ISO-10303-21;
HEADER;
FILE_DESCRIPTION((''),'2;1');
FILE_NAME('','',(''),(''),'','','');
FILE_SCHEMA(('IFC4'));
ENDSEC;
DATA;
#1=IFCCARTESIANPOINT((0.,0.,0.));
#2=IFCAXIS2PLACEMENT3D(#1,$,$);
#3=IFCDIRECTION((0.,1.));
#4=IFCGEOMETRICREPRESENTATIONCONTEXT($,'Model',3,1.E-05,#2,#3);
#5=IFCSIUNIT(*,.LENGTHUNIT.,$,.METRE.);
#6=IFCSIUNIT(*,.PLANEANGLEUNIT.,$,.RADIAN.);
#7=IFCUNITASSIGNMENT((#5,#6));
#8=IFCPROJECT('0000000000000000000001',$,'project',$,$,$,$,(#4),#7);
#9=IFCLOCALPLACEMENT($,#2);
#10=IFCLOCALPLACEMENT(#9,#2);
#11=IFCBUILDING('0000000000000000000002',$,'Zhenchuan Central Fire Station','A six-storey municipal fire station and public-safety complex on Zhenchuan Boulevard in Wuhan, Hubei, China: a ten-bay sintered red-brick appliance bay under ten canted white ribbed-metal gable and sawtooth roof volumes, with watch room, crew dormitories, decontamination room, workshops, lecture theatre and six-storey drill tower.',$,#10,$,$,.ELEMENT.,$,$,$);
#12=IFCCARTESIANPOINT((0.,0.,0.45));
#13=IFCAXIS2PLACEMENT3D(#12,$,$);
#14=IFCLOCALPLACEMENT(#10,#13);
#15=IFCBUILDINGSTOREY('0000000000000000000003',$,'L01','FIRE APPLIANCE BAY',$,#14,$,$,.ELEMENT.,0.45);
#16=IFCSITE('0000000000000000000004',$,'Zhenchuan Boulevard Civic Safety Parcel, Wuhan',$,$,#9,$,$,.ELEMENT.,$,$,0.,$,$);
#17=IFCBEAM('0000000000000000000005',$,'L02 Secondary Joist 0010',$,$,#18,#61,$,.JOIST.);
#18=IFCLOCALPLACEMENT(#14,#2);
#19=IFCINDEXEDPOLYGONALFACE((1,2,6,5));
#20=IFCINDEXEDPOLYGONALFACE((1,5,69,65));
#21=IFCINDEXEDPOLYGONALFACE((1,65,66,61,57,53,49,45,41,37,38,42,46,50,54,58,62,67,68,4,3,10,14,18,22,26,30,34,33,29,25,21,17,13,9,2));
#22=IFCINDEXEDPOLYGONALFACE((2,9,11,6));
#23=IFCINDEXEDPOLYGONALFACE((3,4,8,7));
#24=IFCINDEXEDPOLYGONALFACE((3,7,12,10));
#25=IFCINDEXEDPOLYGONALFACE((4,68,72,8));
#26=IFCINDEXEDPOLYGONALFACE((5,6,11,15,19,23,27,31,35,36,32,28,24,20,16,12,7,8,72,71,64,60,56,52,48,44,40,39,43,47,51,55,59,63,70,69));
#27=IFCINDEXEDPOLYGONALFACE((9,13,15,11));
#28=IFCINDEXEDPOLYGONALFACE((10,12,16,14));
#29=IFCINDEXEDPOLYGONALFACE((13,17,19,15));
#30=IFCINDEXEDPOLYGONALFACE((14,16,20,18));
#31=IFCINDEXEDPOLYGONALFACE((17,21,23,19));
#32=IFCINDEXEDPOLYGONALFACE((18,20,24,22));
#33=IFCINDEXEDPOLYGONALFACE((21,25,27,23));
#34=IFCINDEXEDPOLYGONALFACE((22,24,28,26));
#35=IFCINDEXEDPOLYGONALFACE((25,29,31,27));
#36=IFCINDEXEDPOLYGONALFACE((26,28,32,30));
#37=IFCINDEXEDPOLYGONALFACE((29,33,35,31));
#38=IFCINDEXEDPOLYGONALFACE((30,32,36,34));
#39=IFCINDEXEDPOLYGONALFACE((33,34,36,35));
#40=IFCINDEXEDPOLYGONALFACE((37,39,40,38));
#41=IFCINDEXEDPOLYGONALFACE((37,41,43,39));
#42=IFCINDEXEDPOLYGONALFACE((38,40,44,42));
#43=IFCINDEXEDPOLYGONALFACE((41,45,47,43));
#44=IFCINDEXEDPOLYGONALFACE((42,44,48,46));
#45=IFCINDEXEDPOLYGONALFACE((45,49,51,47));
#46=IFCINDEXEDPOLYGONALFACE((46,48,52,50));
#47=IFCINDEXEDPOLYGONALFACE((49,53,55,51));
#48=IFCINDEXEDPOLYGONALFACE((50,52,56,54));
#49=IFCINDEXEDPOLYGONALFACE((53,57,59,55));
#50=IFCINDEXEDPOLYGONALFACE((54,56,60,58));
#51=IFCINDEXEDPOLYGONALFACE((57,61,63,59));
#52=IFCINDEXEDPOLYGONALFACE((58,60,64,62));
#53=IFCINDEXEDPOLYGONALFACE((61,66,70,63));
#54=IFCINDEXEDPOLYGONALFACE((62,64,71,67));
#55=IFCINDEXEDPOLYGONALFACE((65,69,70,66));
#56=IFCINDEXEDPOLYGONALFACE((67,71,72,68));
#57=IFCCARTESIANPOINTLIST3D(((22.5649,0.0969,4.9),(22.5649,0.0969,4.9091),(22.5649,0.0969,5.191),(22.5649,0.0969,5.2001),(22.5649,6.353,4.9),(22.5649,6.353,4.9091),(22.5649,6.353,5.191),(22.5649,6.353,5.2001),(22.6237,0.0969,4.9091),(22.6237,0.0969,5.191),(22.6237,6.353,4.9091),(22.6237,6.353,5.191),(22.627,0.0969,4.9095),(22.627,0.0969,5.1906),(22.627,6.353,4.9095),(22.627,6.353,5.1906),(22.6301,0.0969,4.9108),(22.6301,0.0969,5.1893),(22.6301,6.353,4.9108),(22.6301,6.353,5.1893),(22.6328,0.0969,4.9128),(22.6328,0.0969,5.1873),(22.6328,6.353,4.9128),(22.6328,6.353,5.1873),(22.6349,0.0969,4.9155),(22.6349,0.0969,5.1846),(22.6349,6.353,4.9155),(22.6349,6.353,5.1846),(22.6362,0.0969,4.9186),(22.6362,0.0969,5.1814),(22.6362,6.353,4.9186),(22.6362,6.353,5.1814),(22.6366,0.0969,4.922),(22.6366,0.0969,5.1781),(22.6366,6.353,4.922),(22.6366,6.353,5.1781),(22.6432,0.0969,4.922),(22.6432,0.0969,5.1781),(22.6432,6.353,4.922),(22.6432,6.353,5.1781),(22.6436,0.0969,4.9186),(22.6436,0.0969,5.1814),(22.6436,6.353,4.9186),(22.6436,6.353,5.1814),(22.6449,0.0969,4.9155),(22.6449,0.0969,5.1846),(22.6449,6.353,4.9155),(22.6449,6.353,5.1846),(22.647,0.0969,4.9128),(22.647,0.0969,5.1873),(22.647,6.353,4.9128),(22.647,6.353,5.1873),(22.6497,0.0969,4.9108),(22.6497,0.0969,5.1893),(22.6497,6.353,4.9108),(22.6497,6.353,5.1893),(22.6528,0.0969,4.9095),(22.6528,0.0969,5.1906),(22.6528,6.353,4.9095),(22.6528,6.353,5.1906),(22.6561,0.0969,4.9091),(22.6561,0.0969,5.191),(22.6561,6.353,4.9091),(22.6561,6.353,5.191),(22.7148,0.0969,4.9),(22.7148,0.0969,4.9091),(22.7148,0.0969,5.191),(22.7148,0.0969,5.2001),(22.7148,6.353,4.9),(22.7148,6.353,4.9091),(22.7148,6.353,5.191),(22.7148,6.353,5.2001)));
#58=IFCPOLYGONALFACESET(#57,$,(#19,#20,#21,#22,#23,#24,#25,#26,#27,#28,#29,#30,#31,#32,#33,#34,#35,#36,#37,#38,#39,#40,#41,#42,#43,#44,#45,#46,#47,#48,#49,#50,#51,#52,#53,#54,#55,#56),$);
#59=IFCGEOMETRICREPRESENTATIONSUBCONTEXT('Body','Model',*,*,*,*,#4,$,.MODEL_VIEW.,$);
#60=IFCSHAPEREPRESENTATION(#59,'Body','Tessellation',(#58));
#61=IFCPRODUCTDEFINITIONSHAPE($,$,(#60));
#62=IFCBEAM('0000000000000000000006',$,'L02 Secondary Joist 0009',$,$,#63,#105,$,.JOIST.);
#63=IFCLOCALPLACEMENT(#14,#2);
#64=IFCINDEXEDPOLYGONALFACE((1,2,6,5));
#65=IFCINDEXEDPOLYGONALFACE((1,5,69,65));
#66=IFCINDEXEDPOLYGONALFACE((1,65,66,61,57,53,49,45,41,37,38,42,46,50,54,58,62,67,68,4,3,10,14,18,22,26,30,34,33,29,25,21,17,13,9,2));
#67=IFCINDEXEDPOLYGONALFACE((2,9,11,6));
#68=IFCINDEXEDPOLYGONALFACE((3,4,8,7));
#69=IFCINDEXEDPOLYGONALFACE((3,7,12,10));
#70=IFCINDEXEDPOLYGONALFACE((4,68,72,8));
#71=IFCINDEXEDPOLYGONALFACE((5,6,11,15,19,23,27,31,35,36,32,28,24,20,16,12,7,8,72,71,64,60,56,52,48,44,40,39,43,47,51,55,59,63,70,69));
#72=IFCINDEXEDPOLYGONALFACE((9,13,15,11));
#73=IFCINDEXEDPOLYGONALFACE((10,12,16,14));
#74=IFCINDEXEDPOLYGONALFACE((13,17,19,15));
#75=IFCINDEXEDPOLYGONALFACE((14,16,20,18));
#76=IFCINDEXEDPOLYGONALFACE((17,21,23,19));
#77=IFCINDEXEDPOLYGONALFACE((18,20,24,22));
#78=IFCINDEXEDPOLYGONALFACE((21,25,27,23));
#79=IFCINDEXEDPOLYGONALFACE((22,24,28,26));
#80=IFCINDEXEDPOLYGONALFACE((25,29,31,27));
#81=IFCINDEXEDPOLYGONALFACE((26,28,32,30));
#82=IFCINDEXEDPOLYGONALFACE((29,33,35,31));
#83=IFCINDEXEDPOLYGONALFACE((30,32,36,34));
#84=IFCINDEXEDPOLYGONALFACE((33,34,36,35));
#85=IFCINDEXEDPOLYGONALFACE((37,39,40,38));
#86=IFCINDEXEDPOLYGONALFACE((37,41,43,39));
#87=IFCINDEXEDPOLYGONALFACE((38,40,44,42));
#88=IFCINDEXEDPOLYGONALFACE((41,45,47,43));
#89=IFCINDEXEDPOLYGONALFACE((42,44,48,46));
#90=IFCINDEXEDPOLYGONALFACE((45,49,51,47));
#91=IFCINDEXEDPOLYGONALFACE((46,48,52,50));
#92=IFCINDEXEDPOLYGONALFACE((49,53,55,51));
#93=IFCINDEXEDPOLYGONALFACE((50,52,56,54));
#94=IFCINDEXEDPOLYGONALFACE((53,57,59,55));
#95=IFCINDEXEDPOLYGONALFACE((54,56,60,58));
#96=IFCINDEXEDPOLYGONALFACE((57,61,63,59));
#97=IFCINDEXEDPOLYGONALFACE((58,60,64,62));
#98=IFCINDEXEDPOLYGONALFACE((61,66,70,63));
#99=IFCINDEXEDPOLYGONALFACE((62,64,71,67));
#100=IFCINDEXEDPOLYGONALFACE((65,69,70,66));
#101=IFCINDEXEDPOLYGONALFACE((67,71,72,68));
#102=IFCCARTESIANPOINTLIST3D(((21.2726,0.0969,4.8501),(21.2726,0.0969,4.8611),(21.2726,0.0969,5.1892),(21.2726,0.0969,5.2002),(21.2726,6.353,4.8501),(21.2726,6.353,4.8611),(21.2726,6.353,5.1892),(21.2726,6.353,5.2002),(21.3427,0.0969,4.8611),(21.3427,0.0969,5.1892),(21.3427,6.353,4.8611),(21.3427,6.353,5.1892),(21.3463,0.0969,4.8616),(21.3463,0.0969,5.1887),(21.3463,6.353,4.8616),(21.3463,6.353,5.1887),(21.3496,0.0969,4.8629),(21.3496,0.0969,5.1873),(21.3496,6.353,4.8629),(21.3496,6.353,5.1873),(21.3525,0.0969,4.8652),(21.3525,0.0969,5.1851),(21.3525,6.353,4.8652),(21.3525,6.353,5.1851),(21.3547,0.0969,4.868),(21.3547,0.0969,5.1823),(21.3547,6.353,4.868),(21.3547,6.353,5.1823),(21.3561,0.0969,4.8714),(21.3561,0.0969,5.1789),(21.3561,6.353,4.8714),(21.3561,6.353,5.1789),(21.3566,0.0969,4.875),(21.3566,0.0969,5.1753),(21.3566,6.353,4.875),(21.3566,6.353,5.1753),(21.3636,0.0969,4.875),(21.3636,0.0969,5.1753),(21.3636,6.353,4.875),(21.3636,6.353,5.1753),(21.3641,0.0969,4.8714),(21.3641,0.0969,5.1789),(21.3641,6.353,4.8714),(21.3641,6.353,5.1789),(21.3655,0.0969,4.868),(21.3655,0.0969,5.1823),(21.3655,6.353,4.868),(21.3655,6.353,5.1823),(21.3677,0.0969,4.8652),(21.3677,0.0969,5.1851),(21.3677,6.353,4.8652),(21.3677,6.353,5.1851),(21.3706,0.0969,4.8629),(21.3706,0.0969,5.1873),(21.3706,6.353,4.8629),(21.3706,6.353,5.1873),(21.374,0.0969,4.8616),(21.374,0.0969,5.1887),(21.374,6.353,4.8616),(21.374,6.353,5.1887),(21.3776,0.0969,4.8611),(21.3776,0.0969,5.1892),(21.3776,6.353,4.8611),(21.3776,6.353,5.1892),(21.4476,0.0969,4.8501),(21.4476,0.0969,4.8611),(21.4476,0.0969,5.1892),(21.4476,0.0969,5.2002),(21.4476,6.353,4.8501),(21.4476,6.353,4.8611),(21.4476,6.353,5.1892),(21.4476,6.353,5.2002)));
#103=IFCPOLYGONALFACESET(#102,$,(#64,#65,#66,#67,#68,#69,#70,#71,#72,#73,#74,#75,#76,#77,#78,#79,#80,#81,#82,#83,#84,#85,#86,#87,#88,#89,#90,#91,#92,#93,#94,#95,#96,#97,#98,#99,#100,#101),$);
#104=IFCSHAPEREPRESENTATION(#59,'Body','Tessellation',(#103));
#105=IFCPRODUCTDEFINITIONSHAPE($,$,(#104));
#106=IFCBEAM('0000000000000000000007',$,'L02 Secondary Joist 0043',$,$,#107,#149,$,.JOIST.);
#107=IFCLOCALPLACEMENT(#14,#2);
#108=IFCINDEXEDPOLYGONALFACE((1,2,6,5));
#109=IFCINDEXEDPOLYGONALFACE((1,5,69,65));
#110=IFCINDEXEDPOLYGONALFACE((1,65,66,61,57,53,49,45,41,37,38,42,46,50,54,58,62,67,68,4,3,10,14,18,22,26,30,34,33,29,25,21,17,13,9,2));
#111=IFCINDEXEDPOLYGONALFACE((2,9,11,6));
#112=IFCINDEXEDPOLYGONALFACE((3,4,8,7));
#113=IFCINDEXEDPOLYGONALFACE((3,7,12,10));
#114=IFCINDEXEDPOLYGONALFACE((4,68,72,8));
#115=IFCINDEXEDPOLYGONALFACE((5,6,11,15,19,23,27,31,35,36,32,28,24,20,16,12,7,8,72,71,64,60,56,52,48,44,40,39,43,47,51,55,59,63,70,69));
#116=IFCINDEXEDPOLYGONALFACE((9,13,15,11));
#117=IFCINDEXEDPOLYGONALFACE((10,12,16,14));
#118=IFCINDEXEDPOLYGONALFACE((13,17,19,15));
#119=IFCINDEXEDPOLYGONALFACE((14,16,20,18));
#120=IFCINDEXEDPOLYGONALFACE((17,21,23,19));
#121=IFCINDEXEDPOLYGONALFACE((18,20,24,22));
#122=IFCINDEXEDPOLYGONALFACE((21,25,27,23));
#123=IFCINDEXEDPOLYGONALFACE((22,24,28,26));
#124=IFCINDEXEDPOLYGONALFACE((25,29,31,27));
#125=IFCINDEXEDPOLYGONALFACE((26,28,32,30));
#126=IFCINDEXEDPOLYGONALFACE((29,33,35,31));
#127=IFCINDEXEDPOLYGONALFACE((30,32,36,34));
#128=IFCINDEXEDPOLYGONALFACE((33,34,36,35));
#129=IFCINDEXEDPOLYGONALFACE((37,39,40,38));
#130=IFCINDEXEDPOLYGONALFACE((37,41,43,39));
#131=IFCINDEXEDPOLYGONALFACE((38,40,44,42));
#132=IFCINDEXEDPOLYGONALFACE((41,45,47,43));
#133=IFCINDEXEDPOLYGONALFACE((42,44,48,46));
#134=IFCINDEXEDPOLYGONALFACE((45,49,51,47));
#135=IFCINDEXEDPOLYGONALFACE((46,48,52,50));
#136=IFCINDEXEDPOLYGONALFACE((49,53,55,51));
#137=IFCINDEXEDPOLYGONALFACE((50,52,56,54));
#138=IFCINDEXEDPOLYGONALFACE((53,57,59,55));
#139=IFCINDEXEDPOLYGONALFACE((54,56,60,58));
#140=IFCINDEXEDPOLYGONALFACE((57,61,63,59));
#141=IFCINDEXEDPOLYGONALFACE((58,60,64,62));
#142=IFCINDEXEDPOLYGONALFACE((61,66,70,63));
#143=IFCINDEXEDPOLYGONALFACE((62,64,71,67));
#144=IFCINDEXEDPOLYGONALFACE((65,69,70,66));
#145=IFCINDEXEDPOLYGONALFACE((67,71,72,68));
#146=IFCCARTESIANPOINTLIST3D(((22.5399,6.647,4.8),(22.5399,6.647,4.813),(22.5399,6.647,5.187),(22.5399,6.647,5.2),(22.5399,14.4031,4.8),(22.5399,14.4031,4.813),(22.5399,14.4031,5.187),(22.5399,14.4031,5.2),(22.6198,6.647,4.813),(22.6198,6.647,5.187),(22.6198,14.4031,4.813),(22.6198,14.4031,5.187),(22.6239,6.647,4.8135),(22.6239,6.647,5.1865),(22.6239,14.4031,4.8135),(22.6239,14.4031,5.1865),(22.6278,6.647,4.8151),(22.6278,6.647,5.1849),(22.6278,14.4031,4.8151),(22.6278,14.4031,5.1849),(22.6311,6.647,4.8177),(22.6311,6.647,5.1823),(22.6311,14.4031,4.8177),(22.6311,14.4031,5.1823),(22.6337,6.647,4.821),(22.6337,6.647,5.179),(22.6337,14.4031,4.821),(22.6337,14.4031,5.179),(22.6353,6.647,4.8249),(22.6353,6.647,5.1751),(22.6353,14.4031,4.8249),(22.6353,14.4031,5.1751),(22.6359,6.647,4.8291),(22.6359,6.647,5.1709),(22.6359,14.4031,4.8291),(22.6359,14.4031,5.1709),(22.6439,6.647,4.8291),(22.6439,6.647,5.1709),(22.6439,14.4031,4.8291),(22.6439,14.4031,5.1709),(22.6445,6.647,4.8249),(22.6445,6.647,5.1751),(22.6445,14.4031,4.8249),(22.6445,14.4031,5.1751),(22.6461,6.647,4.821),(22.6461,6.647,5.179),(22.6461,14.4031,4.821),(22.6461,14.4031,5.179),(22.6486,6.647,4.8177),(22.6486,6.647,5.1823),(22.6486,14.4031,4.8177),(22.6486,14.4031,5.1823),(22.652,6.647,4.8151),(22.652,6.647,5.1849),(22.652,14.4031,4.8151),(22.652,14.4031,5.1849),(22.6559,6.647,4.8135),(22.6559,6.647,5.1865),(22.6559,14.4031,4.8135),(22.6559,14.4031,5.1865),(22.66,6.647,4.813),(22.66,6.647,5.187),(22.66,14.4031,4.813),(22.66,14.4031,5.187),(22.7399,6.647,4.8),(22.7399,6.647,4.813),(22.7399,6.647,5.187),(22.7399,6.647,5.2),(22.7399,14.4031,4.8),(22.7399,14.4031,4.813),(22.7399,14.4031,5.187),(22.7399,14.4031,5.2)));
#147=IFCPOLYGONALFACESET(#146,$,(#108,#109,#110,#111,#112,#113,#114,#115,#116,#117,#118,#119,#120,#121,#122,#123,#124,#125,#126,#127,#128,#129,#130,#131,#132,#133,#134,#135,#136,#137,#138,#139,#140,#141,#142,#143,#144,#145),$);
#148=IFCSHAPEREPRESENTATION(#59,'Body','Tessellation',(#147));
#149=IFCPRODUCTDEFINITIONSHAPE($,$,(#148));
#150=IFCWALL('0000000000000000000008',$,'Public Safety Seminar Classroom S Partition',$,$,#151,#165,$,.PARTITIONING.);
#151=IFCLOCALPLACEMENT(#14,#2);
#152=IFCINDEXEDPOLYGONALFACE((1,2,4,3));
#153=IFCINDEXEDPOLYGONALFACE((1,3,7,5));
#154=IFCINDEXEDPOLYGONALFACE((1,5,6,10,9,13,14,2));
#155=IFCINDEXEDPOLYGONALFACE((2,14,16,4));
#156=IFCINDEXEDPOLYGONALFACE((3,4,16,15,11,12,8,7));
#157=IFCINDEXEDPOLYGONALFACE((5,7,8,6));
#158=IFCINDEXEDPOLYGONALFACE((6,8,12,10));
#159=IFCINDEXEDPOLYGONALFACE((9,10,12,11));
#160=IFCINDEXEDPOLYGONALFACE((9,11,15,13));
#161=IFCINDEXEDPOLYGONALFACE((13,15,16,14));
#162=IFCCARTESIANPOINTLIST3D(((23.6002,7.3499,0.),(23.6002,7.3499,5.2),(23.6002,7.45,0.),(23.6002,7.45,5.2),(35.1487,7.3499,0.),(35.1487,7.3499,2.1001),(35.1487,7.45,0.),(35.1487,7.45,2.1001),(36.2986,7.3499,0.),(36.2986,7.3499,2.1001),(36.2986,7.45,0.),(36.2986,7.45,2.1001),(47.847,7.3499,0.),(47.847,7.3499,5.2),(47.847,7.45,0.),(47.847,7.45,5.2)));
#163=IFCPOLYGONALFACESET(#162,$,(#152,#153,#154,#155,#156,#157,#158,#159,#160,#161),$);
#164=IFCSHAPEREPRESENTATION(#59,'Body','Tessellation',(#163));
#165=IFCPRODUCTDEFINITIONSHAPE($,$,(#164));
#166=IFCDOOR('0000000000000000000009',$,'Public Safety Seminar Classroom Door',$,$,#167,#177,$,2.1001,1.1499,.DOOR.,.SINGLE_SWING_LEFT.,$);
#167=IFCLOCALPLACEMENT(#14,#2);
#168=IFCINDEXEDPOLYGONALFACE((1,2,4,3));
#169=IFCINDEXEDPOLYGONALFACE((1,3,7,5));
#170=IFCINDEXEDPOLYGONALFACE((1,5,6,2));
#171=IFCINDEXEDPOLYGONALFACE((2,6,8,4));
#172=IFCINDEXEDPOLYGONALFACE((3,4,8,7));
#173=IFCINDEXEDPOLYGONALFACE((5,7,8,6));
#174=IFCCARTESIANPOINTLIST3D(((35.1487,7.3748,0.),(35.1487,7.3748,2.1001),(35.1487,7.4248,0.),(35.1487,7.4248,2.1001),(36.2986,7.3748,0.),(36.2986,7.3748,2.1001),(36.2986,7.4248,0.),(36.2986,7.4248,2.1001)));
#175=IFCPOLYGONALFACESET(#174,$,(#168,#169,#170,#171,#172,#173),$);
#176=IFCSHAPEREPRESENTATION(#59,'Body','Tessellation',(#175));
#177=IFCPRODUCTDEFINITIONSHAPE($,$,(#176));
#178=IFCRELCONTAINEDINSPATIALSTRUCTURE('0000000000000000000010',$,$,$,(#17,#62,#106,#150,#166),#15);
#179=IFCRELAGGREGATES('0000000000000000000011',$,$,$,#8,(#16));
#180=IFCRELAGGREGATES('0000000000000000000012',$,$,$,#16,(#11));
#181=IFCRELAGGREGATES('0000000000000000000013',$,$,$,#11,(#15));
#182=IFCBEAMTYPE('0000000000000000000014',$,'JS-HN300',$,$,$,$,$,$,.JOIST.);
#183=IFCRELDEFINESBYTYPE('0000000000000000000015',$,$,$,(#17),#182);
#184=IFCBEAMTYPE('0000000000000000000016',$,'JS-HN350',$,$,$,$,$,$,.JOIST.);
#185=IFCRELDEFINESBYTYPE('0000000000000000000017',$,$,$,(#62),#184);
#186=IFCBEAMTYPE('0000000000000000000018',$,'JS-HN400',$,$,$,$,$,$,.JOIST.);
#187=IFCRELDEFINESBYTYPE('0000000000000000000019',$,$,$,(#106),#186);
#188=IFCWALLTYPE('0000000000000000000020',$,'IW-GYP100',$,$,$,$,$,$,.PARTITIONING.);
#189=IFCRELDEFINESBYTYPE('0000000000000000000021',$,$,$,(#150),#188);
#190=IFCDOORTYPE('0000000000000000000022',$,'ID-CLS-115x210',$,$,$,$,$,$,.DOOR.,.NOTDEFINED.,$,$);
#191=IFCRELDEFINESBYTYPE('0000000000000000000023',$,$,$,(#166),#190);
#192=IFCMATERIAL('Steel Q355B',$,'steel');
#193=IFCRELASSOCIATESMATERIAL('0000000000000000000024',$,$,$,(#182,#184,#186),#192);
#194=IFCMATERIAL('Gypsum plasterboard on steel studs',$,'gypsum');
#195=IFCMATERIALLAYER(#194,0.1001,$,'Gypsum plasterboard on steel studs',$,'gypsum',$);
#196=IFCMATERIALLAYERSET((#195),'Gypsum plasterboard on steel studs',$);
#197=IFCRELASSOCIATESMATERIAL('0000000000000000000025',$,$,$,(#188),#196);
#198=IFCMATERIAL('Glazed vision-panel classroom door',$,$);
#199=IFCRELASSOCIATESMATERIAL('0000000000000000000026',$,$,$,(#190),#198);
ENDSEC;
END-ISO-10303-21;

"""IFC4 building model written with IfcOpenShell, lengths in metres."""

from ifc_helpers import new_model, si_unit, direction, frame, frame_2d, origin, origin_2d, place, context, subcontext, project, spatial, rectangle, i_section, extrude, material, layer, layer_set, material_profile, profile_set, type_object, element, fill, save


model = new_model("IFC4")

# Units and contexts
model_context = context("Model", 3, precision=1e-05, world=origin(), true_north=direction((0.0, 1.0)))
body_context = subcontext(model_context, "Body", "Model", "MODEL_VIEW")
ifc_project = project(units=[si_unit("LENGTHUNIT", "METRE"), si_unit("PLANEANGLEUNIT", "RADIAN")], contexts=[model_context])

# Site, building, storey
site_placement = place(None, origin())
site = spatial("IfcSite", under=ifc_project, at=site_placement, Name="Zhenchuan Boulevard Civic Safety Parcel, Wuhan", CompositionType="ELEMENT", RefElevation=0.0)
building_placement = place(site_placement, origin())
building = spatial("IfcBuilding", under=site, at=building_placement, Name="Zhenchuan Central Fire Station", Description="A six-storey municipal fire station and public-safety complex on Zhenchuan Boulevard in Wuhan, Hubei, China: a ten-bay sintered red-brick appliance bay under ten canted white ribbed-metal gable and sawtooth roof volumes, with watch room, crew dormitories, decontamination room, workshops, lecture theatre and six-storey drill tower.", CompositionType="ELEMENT")
storey_placement = place(building_placement, frame((0.0, 0.0, 0.45)))
storey = spatial("IfcBuildingStorey", under=building, at=storey_placement, Name="L01", Description="FIRE APPLIANCE BAY", CompositionType="ELEMENT", Elevation=0.45)

# Shared definitions
ifc_material_1 = material(Name="Steel Q355B", Category="steel")

# Beams
ifc_material_profile_1 = material_profile(ifc_material_1, i_section(OverallWidth=0.1499, OverallDepth=0.3, WebThickness=0.0066, FlangeThickness=0.009, FilletRadius=0.0129, at=origin_2d()), Name="HN 300x150")
ifc_profile_set_1 = profile_set([ifc_material_profile_1], Name="Steel Q355B")
beam_type_1 = type_object("IfcBeamType", Name="JS-HN300", PredefinedType="JOIST", material=ifc_profile_set_1)
beam_1_placement = place(storey_placement, frame((22.6399, 0.0969, 5.05), z_axis=(0.0, 1.0, 0.0), x_axis=(-1.0, 0.0, 0.0)))
element("IfcBeam", 1, at=beam_1_placement, inside=storey, type_object=beam_type_1, Name="L02 Secondary Joist 0010", PredefinedType="JOIST", context=body_context, shape_type="SweptSolid", body=[
    extrude(i_section(OverallWidth=0.1499, OverallDepth=0.3, WebThickness=0.0066, FlangeThickness=0.009, FilletRadius=0.0129, at=origin_2d()), origin(), (0.0, 0.0, 1.0), 6.2561),
])
ifc_material_profile_2 = material_profile(ifc_material_1, i_section(OverallWidth=0.175, OverallDepth=0.3501, WebThickness=0.0071, FlangeThickness=0.011, FilletRadius=0.0139, at=origin_2d()), Name="HN 350x175")
ifc_profile_set_2 = profile_set([ifc_material_profile_2], Name="Steel Q355B")
beam_type_2 = type_object("IfcBeamType", Name="JS-HN350", PredefinedType="JOIST", material=ifc_profile_set_2)
beam_2_placement = place(storey_placement, frame((21.3601, 0.0969, 5.0251), z_axis=(0.0, 1.0, 0.0), x_axis=(-1.0, 0.0, 0.0)))
element("IfcBeam", 2, at=beam_2_placement, inside=storey, type_object=beam_type_2, Name="L02 Secondary Joist 0009", PredefinedType="JOIST", context=body_context, shape_type="SweptSolid", body=[
    extrude(i_section(OverallWidth=0.175, OverallDepth=0.3501, WebThickness=0.0071, FlangeThickness=0.011, FilletRadius=0.0139, at=origin_2d()), origin(), (0.0, 0.0, 1.0), 6.2561),
])
ifc_material_profile_3 = material_profile(ifc_material_1, i_section(OverallWidth=0.2, OverallDepth=0.3999, WebThickness=0.0081, FlangeThickness=0.0129, FilletRadius=0.0161, at=origin_2d()), Name="HN 400x200")
ifc_profile_set_3 = profile_set([ifc_material_profile_3], Name="Steel Q355B")
beam_type_3 = type_object("IfcBeamType", Name="JS-HN400", PredefinedType="JOIST", material=ifc_profile_set_3)
beam_3_placement = place(storey_placement, frame((22.6399, 6.647, 5.0), z_axis=(0.0, 1.0, 0.0), x_axis=(-1.0, 0.0, 0.0)))
element("IfcBeam", 3, at=beam_3_placement, inside=storey, type_object=beam_type_3, Name="L02 Secondary Joist 0043", PredefinedType="JOIST", context=body_context, shape_type="SweptSolid", body=[
    extrude(i_section(OverallWidth=0.2, OverallDepth=0.3999, WebThickness=0.0081, FlangeThickness=0.0129, FilletRadius=0.0161, at=origin_2d()), origin(), (0.0, 0.0, 1.0), 7.7561),
])

# Wall, opening, door
ifc_material_2 = material(Name="Gypsum plasterboard on steel studs", Category="gypsum")
ifc_layer_1 = layer(ifc_material_2, 0.1001, Name="Gypsum plasterboard on steel studs", Category="gypsum")
ifc_layer_set_1 = layer_set([ifc_layer_1], Name="Gypsum plasterboard on steel studs")
wall_type_1 = type_object("IfcWallType", Name="IW-GYP100", PredefinedType="PARTITIONING", material=ifc_layer_set_1)
wall_1_placement = place(storey_placement, frame((23.6001, 7.3999, 0.0), z_axis=(0.0, 0.0, 1.0), x_axis=(1.0, 0.0, 0.0)))
wall_1 = element("IfcWall", 4, at=wall_1_placement, inside=storey, type_object=wall_type_1, Name="Public Safety Seminar Classroom S Partition", PredefinedType="PARTITIONING", context=body_context, shape_type="SweptSolid", body=[
    extrude(rectangle(XDim=24.2468, YDim=0.1001, at=frame_2d((12.1235, 0.0))), origin(), (0.0, 0.0, 1.0), 5.2),
])
opening_placement = place(wall_1_placement, frame((11.5486, 0.0, 0.0)))
opening = element("IfcOpeningElement", 5, at=opening_placement, cuts=wall_1, PredefinedType="OPENING", context=body_context, shape_type="SweptSolid", body=[
    extrude(rectangle(XDim=1.1499, YDim=2.1001, at=frame_2d((0.575, 1.05))), frame((0.0, 0.0601, 0.0), z_axis=(0.0, -1.0, 0.0), x_axis=(1.0, 0.0, 0.0)), (0.0, 0.0, 1.0), 0.1201),
])
ifc_material_3 = material(Name="Glazed vision-panel classroom door")
door_type = type_object("IfcDoorType", Name="ID-CLS-115x210", OperationType="NOTDEFINED", PredefinedType="DOOR", material=ifc_material_3)
door_placement = place(opening_placement, origin())
door = element("IfcDoor", 6, at=door_placement, inside=storey, type_object=door_type, Name="Public Safety Seminar Classroom Door", OperationType="SINGLE_SWING_LEFT", OverallHeight=2.1001, OverallWidth=1.1499, PredefinedType="DOOR", context=body_context, shape_type="SweptSolid", body=[
    extrude(rectangle(XDim=1.1499, YDim=2.1001, at=frame_2d((0.575, 1.05))), frame((0.0, 0.0249, 0.0), z_axis=(0.0, -1.0, 0.0), x_axis=(1.0, 0.0, 0.0)), (0.0, 0.0, 1.0), 0.05),
])
fill(opening, door)

save(model, "model.ifc")
